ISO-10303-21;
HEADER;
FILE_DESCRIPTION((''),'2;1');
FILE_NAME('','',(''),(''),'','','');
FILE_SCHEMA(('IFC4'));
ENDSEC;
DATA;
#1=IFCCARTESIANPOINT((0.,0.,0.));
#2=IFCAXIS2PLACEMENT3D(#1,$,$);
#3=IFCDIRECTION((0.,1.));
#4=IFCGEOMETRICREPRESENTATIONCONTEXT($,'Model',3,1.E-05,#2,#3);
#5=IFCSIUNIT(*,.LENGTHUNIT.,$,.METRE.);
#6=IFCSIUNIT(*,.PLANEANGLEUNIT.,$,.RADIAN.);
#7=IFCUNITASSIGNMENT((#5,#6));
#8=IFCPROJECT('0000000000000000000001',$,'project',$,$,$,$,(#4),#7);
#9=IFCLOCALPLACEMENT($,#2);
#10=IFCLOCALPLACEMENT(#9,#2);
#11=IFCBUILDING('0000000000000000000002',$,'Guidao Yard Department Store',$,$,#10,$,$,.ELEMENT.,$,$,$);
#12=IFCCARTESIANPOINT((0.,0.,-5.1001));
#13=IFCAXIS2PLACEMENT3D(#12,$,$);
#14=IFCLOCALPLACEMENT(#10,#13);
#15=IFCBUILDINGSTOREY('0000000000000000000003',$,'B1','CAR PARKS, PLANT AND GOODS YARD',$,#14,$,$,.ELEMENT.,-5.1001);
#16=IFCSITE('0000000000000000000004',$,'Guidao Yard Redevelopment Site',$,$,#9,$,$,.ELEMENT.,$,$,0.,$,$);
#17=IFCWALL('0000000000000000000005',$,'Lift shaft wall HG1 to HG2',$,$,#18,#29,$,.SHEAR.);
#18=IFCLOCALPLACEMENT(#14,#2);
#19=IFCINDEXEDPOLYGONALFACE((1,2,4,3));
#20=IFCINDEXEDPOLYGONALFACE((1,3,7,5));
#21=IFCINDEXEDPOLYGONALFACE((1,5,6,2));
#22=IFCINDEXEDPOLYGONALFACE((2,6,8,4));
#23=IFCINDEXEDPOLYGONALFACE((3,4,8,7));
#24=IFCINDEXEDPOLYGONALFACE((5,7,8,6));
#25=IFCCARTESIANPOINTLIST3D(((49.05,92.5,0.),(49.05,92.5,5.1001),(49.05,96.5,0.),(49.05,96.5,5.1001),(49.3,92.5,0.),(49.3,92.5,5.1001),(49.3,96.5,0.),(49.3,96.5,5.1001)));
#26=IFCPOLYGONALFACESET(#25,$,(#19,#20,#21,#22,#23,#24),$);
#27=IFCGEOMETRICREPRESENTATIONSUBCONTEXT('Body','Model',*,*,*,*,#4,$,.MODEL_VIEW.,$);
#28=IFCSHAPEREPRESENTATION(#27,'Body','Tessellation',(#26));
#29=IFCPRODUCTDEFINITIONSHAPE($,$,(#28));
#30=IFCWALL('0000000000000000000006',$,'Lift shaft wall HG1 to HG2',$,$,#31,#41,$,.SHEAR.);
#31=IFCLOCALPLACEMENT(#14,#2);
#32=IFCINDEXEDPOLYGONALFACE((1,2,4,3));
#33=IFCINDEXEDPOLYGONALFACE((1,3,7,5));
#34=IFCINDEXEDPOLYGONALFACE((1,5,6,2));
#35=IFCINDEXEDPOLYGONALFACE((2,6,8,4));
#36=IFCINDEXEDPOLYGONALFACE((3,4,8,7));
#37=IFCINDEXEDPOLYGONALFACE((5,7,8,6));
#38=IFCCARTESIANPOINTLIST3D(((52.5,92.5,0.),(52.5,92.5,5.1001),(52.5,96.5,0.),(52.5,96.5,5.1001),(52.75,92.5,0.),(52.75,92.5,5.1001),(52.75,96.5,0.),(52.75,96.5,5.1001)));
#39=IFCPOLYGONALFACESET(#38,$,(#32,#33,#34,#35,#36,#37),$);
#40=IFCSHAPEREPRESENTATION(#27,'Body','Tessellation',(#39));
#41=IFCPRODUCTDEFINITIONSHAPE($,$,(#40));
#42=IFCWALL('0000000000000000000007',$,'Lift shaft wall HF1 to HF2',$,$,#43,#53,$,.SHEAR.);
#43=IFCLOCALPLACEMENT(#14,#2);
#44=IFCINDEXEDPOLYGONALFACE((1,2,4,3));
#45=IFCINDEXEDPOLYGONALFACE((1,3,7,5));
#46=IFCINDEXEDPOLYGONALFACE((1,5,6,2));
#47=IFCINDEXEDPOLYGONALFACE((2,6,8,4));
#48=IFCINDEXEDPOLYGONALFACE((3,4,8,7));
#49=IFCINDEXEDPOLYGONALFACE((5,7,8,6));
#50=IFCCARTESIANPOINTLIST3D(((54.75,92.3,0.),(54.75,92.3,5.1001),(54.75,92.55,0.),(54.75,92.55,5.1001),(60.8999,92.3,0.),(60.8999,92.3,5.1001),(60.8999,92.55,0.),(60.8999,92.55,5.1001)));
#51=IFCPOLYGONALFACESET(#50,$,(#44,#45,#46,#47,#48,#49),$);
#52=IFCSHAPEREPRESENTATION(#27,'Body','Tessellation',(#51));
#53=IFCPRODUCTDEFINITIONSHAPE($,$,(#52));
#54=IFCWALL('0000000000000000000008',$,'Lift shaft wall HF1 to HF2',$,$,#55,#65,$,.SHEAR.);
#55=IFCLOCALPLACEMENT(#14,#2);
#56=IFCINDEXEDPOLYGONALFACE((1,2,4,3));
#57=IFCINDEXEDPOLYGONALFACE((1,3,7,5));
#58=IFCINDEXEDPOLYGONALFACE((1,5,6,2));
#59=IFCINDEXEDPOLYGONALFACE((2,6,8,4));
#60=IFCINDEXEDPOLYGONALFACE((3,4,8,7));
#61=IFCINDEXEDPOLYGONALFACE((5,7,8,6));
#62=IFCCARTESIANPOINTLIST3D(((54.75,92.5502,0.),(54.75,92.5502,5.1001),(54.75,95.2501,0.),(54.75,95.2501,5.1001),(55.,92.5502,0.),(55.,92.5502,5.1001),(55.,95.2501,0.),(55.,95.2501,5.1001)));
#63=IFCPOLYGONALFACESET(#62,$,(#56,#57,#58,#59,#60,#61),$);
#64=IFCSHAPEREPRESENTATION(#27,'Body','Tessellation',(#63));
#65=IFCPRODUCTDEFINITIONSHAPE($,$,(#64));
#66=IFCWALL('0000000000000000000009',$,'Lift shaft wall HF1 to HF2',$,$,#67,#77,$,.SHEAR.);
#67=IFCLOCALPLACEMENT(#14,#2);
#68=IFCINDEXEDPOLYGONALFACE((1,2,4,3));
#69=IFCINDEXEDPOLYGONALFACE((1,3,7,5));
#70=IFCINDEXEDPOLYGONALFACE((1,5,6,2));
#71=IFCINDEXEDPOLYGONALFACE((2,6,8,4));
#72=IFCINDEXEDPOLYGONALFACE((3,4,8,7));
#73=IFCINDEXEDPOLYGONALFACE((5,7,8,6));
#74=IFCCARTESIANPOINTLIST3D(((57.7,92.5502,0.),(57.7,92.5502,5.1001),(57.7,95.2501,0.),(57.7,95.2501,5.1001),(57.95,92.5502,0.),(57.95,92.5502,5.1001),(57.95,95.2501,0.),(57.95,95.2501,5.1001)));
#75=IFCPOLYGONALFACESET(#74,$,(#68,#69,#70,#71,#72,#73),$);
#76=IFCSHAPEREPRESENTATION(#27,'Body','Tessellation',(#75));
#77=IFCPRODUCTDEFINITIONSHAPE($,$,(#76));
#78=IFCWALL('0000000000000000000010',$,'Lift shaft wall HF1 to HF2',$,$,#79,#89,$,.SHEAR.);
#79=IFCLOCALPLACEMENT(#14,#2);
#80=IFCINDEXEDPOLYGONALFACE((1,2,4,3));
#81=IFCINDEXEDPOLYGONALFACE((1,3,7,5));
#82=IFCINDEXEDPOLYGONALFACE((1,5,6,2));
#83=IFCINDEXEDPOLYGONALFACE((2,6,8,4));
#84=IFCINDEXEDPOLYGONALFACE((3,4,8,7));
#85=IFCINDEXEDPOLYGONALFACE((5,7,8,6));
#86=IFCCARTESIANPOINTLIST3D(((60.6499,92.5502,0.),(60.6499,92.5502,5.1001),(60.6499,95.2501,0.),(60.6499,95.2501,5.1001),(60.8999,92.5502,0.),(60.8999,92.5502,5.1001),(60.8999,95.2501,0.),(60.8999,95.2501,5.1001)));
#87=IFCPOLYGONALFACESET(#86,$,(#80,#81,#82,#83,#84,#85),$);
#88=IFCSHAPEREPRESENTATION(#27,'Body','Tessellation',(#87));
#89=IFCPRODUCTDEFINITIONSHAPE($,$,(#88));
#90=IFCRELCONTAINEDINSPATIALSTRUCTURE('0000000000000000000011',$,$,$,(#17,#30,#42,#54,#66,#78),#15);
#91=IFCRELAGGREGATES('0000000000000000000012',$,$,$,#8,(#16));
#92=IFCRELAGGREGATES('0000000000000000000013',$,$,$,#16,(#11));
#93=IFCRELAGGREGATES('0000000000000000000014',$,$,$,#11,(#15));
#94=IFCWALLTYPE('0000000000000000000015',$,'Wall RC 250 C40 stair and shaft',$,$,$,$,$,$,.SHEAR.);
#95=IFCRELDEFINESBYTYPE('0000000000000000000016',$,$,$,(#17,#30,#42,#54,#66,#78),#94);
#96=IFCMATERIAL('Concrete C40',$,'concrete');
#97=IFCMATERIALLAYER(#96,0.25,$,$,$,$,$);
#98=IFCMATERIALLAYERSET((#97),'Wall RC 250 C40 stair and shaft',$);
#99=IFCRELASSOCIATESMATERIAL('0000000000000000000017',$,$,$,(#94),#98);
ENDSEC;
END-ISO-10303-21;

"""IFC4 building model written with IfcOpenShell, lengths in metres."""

from ifc_helpers import new_model, si_unit, direction, frame, frame_2d, origin, place, context, subcontext, project, spatial, rectangle, extrude, material, layer, layer_set, type_object, element, save


model = new_model("IFC4")

# Units and contexts
model_context = context("Model", 3, precision=1e-05, world=origin(), true_north=direction((0.0, 1.0)))
body_context = subcontext(model_context, "Body", "Model", "MODEL_VIEW")
ifc_project = project(units=[si_unit("LENGTHUNIT", "METRE"), si_unit("PLANEANGLEUNIT", "RADIAN")], contexts=[model_context])

# Site, building, storey
site_placement = place(None, origin())
site = spatial("IfcSite", under=ifc_project, at=site_placement, Name="Guidao Yard Redevelopment Site", CompositionType="ELEMENT", RefElevation=0.0)
building_placement = place(site_placement, origin())
building = spatial("IfcBuilding", under=site, at=building_placement, Name="Guidao Yard Department Store", CompositionType="ELEMENT")
storey_placement = place(building_placement, frame((0.0, 0.0, -5.1001)))
storey = spatial("IfcBuildingStorey", under=building, at=storey_placement, Name="B1", Description="CAR PARKS, PLANT AND GOODS YARD", CompositionType="ELEMENT", Elevation=-5.1001)

# Walls
ifc_material_1 = material(Name="Concrete C40", Category="concrete")
ifc_layer_1 = layer(ifc_material_1, 0.25)
ifc_layer_set_1 = layer_set([ifc_layer_1], Name="Wall RC 250 C40 stair and shaft")
wall_type_1 = type_object("IfcWallType", Name="Wall RC 250 C40 stair and shaft", PredefinedType="SHEAR", material=ifc_layer_set_1)
for number, where, z_axis, x_axis, name in (
    (1, (49.175, 92.5, 0.0), (0.0, 0.0, 1.0), (0.0, 1.0, 0.0), "Lift shaft wall HG1 to HG2"),
    (2, (52.625, 92.5, 0.0), (0.0, 0.0, 1.0), (0.0, 1.0, 0.0), "Lift shaft wall HG1 to HG2"),
):
    element("IfcWall", number, at=place(storey_placement, frame(where, z_axis=z_axis, x_axis=x_axis)), inside=storey, type_object=wall_type_1, Name=name, PredefinedType="SHEAR", context=body_context, shape_type="SweptSolid", body=[
        extrude(rectangle(XDim=4.0, YDim=0.25, at=frame_2d((2.0, 0.0))), origin(), (0.0, 0.0, 1.0), 5.1001),
    ])
wall_1_placement = place(storey_placement, frame((54.75, 92.425, 0.0), z_axis=(0.0, 0.0, 1.0), x_axis=(1.0, 0.0, 0.0)))
element("IfcWall", 3, at=wall_1_placement, inside=storey, type_object=wall_type_1, Name="Lift shaft wall HF1 to HF2", PredefinedType="SHEAR", context=body_context, shape_type="SweptSolid", body=[
    extrude(rectangle(XDim=6.1499, YDim=0.25, at=frame_2d((3.075, 0.0))), origin(), (0.0, 0.0, 1.0), 5.1001),
])
for number, where, z_axis, x_axis, name in (
    (4, (54.875, 92.55, 0.0), (0.0, 0.0, 1.0), (0.0, 1.0, 0.0), "Lift shaft wall HF1 to HF2"),
    (5, (57.825, 92.55, 0.0), (0.0, 0.0, 1.0), (0.0, 1.0, 0.0), "Lift shaft wall HF1 to HF2"),
    (6, (60.7749, 92.55, 0.0), (0.0, 0.0, 1.0), (0.0, 1.0, 0.0), "Lift shaft wall HF1 to HF2"),
):
    element("IfcWall", number, at=place(storey_placement, frame(where, z_axis=z_axis, x_axis=x_axis)), inside=storey, type_object=wall_type_1, Name=name, PredefinedType="SHEAR", context=body_context, shape_type="SweptSolid", body=[
        extrude(rectangle(XDim=2.7, YDim=0.25, at=frame_2d((1.3501, 0.0))), origin(), (0.0, 0.0, 1.0), 5.1001),
    ])

save(model, "model.ifc")
